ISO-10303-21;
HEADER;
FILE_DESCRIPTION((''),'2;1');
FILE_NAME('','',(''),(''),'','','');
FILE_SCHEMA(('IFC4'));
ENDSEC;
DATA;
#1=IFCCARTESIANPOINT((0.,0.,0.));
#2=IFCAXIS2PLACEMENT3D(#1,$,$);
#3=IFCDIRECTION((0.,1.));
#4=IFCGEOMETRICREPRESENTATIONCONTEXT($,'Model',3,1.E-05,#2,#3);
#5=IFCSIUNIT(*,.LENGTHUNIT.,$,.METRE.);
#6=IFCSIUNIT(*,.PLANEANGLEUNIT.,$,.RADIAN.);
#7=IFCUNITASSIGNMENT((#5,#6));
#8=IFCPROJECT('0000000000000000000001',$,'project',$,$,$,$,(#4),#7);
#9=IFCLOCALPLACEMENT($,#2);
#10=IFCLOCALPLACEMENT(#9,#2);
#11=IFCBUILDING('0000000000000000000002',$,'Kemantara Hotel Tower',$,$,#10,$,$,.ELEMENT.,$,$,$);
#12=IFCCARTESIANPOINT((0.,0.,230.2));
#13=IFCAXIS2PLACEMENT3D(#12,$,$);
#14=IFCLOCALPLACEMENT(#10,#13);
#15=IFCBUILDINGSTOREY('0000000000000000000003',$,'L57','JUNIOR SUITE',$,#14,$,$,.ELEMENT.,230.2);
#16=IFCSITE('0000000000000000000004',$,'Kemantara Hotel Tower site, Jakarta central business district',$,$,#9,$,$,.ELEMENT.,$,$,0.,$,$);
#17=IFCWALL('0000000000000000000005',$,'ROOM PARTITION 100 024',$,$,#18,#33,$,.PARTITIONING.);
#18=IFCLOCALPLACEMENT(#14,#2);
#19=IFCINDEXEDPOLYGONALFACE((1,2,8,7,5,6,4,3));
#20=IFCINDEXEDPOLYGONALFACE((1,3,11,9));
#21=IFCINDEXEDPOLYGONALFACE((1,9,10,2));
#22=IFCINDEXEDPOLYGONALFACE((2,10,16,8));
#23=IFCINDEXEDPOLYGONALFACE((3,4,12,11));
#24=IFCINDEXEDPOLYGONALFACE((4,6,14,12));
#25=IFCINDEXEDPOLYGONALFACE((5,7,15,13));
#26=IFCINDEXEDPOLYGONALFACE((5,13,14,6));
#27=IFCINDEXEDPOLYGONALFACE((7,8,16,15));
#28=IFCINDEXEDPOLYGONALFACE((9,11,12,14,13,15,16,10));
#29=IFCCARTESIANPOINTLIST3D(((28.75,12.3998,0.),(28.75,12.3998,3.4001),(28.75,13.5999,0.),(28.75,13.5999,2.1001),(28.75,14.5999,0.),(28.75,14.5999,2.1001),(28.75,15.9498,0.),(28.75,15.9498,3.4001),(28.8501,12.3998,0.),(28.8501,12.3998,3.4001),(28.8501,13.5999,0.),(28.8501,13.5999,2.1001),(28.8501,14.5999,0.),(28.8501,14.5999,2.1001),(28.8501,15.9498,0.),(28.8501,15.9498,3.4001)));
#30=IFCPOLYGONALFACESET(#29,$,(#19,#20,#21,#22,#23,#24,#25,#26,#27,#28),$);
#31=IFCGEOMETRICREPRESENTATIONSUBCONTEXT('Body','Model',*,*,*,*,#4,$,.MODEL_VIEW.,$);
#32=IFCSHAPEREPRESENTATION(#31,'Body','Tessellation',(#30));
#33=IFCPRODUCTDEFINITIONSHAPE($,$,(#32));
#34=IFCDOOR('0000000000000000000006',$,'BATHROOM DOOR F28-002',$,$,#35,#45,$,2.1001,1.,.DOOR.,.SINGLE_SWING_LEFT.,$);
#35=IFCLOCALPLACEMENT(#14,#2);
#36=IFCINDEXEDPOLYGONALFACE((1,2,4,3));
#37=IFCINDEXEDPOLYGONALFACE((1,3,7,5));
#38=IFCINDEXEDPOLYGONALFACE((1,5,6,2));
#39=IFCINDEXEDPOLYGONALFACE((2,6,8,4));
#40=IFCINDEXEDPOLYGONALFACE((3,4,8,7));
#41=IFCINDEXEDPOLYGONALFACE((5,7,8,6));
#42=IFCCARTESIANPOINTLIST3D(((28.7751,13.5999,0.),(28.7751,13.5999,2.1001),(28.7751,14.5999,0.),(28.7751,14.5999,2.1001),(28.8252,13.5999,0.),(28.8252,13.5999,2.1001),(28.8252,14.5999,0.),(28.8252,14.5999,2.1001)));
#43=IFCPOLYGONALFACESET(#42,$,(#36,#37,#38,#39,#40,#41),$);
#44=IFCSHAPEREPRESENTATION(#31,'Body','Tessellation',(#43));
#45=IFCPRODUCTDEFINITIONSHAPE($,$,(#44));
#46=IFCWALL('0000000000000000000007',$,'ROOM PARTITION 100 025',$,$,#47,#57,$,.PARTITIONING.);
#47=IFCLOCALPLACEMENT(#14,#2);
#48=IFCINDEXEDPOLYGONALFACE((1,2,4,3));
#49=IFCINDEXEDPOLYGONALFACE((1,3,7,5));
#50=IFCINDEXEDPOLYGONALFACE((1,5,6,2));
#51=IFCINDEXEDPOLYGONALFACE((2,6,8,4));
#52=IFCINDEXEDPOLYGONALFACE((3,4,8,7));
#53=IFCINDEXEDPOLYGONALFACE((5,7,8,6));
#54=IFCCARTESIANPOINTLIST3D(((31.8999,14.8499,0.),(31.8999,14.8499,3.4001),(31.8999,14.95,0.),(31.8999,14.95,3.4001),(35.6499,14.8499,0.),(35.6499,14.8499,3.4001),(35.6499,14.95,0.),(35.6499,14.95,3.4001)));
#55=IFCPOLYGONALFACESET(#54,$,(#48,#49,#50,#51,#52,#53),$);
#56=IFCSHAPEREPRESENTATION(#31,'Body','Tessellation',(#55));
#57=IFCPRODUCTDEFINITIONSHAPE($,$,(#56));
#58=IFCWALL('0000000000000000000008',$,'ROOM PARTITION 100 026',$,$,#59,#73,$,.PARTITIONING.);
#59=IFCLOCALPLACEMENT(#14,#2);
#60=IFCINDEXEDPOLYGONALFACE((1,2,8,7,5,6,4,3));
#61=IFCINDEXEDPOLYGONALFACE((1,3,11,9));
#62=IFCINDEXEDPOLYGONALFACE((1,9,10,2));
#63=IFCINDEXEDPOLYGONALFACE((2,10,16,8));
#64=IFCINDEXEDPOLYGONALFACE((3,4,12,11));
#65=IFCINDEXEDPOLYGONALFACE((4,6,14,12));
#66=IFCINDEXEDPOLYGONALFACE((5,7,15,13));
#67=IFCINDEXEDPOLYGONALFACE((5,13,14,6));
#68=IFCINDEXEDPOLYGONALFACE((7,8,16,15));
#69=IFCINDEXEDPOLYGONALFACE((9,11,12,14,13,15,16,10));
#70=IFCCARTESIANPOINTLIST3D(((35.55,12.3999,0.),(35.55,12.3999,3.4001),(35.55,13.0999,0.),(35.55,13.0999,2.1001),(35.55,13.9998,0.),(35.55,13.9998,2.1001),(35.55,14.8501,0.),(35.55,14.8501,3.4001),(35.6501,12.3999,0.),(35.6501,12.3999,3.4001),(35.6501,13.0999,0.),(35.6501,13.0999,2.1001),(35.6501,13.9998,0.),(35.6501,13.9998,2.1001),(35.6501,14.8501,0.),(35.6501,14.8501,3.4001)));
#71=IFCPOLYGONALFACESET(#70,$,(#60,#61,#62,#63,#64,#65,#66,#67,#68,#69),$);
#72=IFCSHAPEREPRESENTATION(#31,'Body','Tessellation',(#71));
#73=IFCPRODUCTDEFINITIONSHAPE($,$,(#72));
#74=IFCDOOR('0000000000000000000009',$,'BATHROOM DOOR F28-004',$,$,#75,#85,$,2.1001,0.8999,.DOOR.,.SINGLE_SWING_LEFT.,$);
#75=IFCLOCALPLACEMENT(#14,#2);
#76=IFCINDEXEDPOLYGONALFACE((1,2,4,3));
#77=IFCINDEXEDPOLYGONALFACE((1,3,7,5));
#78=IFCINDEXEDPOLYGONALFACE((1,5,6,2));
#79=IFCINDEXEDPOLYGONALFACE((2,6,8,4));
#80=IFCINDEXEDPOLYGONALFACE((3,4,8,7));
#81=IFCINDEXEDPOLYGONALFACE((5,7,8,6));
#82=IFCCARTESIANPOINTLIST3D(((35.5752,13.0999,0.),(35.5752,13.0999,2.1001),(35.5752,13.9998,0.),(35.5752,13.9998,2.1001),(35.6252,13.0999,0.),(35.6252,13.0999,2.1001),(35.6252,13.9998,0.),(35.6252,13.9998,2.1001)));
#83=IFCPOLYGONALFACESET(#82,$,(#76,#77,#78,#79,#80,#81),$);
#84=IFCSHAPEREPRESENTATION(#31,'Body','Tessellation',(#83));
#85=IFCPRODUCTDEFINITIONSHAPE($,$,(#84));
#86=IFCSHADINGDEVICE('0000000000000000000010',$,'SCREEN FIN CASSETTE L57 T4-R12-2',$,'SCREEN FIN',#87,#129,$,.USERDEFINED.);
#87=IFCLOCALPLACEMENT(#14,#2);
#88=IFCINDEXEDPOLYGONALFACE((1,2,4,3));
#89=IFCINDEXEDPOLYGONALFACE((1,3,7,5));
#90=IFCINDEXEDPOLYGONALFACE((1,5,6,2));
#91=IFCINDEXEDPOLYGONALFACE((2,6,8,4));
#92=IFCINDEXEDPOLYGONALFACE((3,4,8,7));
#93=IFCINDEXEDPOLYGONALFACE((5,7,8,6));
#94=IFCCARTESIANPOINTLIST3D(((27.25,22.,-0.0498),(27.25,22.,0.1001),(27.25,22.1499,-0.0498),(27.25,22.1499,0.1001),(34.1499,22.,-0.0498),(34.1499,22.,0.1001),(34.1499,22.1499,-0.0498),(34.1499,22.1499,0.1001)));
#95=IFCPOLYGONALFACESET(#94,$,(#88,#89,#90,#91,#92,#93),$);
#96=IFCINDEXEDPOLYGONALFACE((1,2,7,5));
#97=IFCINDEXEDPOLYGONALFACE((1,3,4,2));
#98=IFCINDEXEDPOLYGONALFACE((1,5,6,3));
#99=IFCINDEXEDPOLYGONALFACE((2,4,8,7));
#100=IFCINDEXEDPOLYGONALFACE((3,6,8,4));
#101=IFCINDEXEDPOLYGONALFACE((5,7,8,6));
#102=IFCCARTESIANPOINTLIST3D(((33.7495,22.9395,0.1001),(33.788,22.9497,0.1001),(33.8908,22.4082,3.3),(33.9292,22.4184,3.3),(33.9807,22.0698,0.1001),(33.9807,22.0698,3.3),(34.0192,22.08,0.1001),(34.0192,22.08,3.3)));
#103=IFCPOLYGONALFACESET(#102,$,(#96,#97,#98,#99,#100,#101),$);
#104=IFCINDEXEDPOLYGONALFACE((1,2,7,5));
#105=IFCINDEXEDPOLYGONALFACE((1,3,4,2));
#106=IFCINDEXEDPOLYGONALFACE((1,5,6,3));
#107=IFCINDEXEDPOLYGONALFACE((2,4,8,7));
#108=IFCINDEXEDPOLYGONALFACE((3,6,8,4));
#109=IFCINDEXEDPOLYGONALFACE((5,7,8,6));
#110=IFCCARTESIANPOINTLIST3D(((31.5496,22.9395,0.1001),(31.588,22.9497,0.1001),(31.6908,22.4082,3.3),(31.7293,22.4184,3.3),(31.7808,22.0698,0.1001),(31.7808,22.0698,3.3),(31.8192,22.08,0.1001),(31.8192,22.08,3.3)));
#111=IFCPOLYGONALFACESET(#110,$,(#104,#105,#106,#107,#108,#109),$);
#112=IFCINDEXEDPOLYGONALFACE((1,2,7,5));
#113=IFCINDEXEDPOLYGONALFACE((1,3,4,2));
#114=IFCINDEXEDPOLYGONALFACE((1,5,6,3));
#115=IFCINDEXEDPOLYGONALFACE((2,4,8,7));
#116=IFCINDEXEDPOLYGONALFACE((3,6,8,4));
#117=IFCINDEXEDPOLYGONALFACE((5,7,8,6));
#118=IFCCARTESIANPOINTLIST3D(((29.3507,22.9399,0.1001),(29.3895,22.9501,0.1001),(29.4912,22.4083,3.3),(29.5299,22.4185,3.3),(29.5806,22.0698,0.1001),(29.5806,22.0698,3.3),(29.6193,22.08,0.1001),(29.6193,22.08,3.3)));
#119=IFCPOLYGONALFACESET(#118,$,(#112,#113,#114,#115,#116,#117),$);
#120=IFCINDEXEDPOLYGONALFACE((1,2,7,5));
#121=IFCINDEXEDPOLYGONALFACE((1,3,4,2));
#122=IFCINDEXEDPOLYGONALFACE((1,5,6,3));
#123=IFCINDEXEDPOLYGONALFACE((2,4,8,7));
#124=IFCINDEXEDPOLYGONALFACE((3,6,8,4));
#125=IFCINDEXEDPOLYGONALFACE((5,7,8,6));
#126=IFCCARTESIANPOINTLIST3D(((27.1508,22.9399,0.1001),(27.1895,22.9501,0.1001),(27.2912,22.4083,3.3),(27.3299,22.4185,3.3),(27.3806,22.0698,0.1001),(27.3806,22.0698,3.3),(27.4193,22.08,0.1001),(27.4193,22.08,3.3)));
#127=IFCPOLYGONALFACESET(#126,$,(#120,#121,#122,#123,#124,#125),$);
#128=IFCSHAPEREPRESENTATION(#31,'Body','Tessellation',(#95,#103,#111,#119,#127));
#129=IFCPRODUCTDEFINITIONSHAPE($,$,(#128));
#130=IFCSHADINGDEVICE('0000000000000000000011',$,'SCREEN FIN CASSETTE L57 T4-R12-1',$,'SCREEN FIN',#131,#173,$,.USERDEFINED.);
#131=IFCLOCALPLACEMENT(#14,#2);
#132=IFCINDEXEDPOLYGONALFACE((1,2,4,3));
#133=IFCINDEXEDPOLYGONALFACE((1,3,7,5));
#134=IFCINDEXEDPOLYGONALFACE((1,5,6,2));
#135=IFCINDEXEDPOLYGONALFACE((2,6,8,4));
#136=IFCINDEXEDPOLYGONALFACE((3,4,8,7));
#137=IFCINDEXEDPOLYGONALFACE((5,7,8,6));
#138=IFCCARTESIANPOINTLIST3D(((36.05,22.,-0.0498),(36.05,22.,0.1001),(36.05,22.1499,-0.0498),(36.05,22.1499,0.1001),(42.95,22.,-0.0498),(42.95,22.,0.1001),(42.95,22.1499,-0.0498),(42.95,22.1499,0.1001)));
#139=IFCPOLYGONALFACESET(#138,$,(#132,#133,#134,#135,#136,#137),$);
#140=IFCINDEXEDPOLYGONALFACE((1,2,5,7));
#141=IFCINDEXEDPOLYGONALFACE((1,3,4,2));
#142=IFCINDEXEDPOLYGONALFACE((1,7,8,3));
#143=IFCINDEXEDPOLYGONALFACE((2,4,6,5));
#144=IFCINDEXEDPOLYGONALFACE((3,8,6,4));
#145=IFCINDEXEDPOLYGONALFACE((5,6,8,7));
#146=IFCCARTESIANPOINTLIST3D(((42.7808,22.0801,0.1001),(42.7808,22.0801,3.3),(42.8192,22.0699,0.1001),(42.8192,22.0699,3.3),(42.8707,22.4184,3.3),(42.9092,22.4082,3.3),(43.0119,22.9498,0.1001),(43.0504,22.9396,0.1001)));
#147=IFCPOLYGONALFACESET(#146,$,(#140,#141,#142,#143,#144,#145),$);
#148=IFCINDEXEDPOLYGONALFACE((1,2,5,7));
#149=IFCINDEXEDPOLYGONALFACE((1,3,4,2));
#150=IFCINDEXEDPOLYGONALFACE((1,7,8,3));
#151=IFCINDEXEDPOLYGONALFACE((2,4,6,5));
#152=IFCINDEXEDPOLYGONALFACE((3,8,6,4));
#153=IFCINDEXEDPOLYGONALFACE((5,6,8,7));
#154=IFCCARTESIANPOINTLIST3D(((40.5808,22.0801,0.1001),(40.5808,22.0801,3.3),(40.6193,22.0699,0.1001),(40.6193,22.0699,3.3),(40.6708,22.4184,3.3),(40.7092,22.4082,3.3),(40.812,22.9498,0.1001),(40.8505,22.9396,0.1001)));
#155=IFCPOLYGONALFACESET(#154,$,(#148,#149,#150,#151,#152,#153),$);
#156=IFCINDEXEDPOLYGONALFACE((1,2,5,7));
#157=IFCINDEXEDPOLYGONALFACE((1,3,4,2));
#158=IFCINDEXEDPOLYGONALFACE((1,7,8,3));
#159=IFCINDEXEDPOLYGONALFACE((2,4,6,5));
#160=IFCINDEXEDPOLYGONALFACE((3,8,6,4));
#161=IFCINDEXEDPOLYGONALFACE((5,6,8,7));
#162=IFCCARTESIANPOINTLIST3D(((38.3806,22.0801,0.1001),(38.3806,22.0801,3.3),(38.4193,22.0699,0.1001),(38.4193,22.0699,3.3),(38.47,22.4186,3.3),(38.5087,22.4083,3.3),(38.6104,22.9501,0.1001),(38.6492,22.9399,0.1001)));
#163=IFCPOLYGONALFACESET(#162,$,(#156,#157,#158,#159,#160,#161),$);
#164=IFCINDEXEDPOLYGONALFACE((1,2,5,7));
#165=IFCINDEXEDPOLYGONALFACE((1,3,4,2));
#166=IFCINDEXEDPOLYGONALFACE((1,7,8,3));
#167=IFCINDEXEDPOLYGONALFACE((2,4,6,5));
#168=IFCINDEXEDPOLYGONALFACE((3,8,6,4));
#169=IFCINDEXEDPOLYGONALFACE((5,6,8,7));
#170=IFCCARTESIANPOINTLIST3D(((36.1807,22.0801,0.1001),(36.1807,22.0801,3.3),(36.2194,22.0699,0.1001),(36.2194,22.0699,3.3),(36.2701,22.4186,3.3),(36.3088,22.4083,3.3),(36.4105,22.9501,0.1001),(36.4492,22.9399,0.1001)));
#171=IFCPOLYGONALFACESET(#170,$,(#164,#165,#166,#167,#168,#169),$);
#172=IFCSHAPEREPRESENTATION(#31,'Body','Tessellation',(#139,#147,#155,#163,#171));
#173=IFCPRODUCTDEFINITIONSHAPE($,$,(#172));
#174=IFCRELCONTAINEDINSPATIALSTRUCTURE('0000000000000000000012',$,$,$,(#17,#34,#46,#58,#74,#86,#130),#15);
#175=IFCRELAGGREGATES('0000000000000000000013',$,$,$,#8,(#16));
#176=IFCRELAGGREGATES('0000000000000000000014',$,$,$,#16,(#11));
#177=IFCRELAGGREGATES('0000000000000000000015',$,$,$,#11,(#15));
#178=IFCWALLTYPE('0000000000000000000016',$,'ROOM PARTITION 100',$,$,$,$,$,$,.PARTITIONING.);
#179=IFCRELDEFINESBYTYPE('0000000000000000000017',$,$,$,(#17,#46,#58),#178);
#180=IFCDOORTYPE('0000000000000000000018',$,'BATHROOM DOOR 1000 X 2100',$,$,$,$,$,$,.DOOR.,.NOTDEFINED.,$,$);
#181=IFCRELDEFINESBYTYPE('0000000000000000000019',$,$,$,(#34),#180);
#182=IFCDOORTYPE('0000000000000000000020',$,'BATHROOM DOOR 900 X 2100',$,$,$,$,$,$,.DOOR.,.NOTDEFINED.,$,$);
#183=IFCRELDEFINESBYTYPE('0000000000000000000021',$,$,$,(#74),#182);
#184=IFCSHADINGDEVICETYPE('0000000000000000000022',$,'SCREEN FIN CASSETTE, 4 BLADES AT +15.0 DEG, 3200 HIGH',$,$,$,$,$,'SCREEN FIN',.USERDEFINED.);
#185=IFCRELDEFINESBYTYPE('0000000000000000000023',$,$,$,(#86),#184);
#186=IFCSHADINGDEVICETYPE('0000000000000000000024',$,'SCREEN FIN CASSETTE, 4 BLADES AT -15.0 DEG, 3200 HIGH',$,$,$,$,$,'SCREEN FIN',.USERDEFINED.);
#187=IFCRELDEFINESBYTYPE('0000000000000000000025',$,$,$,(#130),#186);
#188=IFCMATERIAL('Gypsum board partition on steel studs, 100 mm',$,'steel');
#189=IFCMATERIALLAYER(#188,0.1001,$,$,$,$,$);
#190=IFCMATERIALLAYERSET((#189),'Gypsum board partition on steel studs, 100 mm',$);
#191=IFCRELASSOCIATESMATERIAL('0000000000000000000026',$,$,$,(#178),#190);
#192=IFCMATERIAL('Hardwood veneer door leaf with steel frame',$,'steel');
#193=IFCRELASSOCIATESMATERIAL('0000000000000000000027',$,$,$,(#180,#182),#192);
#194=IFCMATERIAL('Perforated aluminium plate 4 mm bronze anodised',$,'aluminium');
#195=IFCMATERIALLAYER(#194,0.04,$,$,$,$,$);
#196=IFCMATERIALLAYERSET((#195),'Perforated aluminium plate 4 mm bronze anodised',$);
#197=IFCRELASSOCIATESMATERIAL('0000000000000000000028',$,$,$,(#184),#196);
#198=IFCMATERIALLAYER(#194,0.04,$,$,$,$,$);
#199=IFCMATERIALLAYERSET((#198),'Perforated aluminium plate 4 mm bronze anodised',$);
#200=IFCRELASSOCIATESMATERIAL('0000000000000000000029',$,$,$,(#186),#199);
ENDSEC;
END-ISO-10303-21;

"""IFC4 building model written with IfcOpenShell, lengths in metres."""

from ifc_helpers import new_model, si_unit, direction, frame, frame_2d, origin, origin_2d, place, context, subcontext, project, spatial, polyline, rectangle, outline, extrude, source, transform, mapped, material, layer, layer_set, type_object, element, fill, save


model = new_model("IFC4")

# Units and contexts
model_context = context("Model", 3, precision=1e-05, world=origin(), true_north=direction((0.0, 1.0)))
body_context = subcontext(model_context, "Body", "Model", "MODEL_VIEW")
ifc_project = project(units=[si_unit("LENGTHUNIT", "METRE"), si_unit("PLANEANGLEUNIT", "RADIAN")], contexts=[model_context])

# Site, building, storey
site_placement = place(None, origin())
site = spatial("IfcSite", under=ifc_project, at=site_placement, Name="Kemantara Hotel Tower site, Jakarta central business district", CompositionType="ELEMENT", RefElevation=0.0)
building_placement = place(site_placement, origin())
building = spatial("IfcBuilding", under=site, at=building_placement, Name="Kemantara Hotel Tower", CompositionType="ELEMENT")
storey_placement = place(building_placement, frame((0.0, 0.0, 230.2)))
storey = spatial("IfcBuildingStorey", under=building, at=storey_placement, Name="L57", Description="JUNIOR SUITE", CompositionType="ELEMENT", Elevation=230.2)

# Wall, opening, door
ifc_material_1 = material(Name="Gypsum board partition on steel studs, 100 mm", Category="steel")
ifc_layer_1 = layer(ifc_material_1, 0.1001)
ifc_layer_set_1 = layer_set([ifc_layer_1], Name="Gypsum board partition on steel studs, 100 mm")
wall_type_1 = type_object("IfcWallType", Name="ROOM PARTITION 100", PredefinedType="PARTITIONING", material=ifc_layer_set_1)
wall_1_placement = place(storey_placement, frame((28.8, 12.3999, 0.0), z_axis=(0.0, 0.0, 1.0), x_axis=(0.0, 1.0, 0.0)))
wall_1 = element("IfcWall", 1, at=wall_1_placement, inside=storey, type_object=wall_type_1, Name="ROOM PARTITION 100 024", PredefinedType="PARTITIONING", context=body_context, shape_type="SweptSolid", body=[
    extrude(rectangle(XDim=3.55, YDim=0.1001, at=frame_2d((1.7749, 0.0))), origin(), (0.0, 0.0, 1.0), 3.4001),
])
opening_1_placement = place(wall_1_placement, frame((1.2, 0.0, 0.0)))
opening_1 = element("IfcOpeningElement", 2, at=opening_1_placement, cuts=wall_1, PredefinedType="OPENING", context=body_context, shape_type="SweptSolid", body=[
    extrude(rectangle(XDim=1.0, YDim=2.1001, at=frame_2d((0.5, 1.05))), frame((0.0, 0.0601, 0.0), z_axis=(0.0, -1.0, 0.0), x_axis=(1.0, 0.0, 0.0)), (0.0, 0.0, 1.0), 0.1201),
])
ifc_material_2 = material(Name="Hardwood veneer door leaf with steel frame", Category="steel")
door_type_1 = type_object("IfcDoorType", Name="BATHROOM DOOR 1000 X 2100", OperationType="NOTDEFINED", PredefinedType="DOOR", material=ifc_material_2)
door_1_placement = place(opening_1_placement, origin())
door_1 = element("IfcDoor", 3, at=door_1_placement, inside=storey, type_object=door_type_1, Name="BATHROOM DOOR F28-002", OperationType="SINGLE_SWING_LEFT", OverallHeight=2.1001, OverallWidth=1.0, PredefinedType="DOOR", context=body_context, shape_type="SweptSolid", body=[
    extrude(rectangle(XDim=1.0, YDim=2.1001, at=frame_2d((0.5, 1.05))), frame((0.0, 0.0249, 0.0), z_axis=(0.0, -1.0, 0.0), x_axis=(1.0, 0.0, 0.0)), (0.0, 0.0, 1.0), 0.05),
])
fill(opening_1, door_1)

# Wall
wall_2_placement = place(storey_placement, frame((31.8999, 14.8999, 0.0), z_axis=(0.0, 0.0, 1.0), x_axis=(1.0, 0.0, 0.0)))
element("IfcWall", 4, at=wall_2_placement, inside=storey, type_object=wall_type_1, Name="ROOM PARTITION 100 025", PredefinedType="PARTITIONING", context=body_context, shape_type="SweptSolid", body=[
    extrude(rectangle(XDim=3.75, YDim=0.1001, at=frame_2d((1.875, 0.0))), origin(), (0.0, 0.0, 1.0), 3.4001),
])

# Wall, opening, door
wall_3_placement = place(storey_placement, frame((35.6001, 12.3999, 0.0), z_axis=(0.0, 0.0, 1.0), x_axis=(0.0, 1.0, 0.0)))
wall_3 = element("IfcWall", 5, at=wall_3_placement, inside=storey, type_object=wall_type_1, Name="ROOM PARTITION 100 026", PredefinedType="PARTITIONING", context=body_context, shape_type="SweptSolid", body=[
    extrude(rectangle(XDim=2.4502, YDim=0.1001, at=frame_2d((1.2251, 0.0))), origin(), (0.0, 0.0, 1.0), 3.4001),
])
opening_2_placement = place(wall_3_placement, frame((0.7, 0.0, 0.0)))
opening_2 = element("IfcOpeningElement", 6, at=opening_2_placement, cuts=wall_3, PredefinedType="OPENING", context=body_context, shape_type="SweptSolid", body=[
    extrude(rectangle(XDim=0.8999, YDim=2.1001, at=frame_2d((0.45, 1.05))), frame((0.0, 0.0601, 0.0), z_axis=(0.0, -1.0, 0.0), x_axis=(1.0, 0.0, 0.0)), (0.0, 0.0, 1.0), 0.1201),
])
door_type_2 = type_object("IfcDoorType", Name="BATHROOM DOOR 900 X 2100", OperationType="NOTDEFINED", PredefinedType="DOOR", material=ifc_material_2)
door_2_placement = place(opening_2_placement, origin())
door_2 = element("IfcDoor", 7, at=door_2_placement, inside=storey, type_object=door_type_2, Name="BATHROOM DOOR F28-004", OperationType="SINGLE_SWING_LEFT", OverallHeight=2.1001, OverallWidth=0.8999, PredefinedType="DOOR", context=body_context, shape_type="SweptSolid", body=[
    extrude(rectangle(XDim=0.8999, YDim=2.1001, at=frame_2d((0.45, 1.05))), frame((0.0, 0.0249, 0.0), z_axis=(0.0, -1.0, 0.0), x_axis=(1.0, 0.0, 0.0)), (0.0, 0.0, 1.0), 0.05),
])
fill(opening_2, door_2)

# Shading devices
ifc_material_3 = material(Name="Perforated aluminium plate 4 mm bronze anodised", Category="aluminium")
ifc_layer_2 = layer(ifc_material_3, 0.04)
ifc_layer_set_2 = layer_set([ifc_layer_2], Name="Perforated aluminium plate 4 mm bronze anodised")
shading_device_type_1 = type_object("IfcShadingDeviceType", Name="SCREEN FIN CASSETTE, 4 BLADES AT +15.0 DEG, 3200 HIGH", ElementType="SCREEN FIN", PredefinedType="USERDEFINED", material=ifc_layer_set_2)
shared_shape_1 = source(origin(), body_context, "Body", "SweptSolid", [
    extrude(rectangle(XDim=6.8999, YDim=0.1499, at=origin_2d()), frame((3.3, -0.075, -0.1499), z_axis=(0.0, 0.0, 1.0), x_axis=(1.0, 0.0, 0.0)), (0.0, 0.0, 1.0), 0.1499),
    extrude(outline(polyline([(0.0, 0.0), (0.8999, 0.0), (0.3501, 3.2), (0.0, 3.2), (0.0, 0.0)])), frame((0.0193, -0.0698, 0.0), z_axis=(-0.966438, -0.256901, 0.0), x_axis=(0.256901, -0.966438, 0.0)), (0.0, 0.0, 1.0), 0.0398),
    extrude(outline(polyline([(0.0, 0.0), (0.8999, 0.0), (0.3501, 3.2), (0.0, 3.2), (0.0, 0.0)])), frame((2.2192, -0.0698, 0.0), z_axis=(-0.966438, -0.256901, 0.0), x_axis=(0.256901, -0.966438, 0.0)), (0.0, 0.0, 1.0), 0.0398),
    extrude(outline(polyline([(0.0, 0.0), (0.8999, 0.0), (0.3501, 3.2), (0.0, 3.2), (0.0, 0.0)])), frame((4.4194, -0.0698, 0.0), z_axis=(-0.966838, -0.255391, 0.0), x_axis=(0.255391, -0.966838, 0.0)), (0.0, 0.0, 1.0), 0.04),
    extrude(outline(polyline([(0.0, 0.0), (0.8999, 0.0), (0.3501, 3.2), (0.0, 3.2), (0.0, 0.0)])), frame((6.6194, -0.0698, 0.0), z_axis=(-0.966838, -0.255391, 0.0), x_axis=(0.255391, -0.966838, 0.0)), (0.0, 0.0, 1.0), 0.04),
])
shading_device_1_placement = place(storey_placement, frame((34.0, 22.0, 0.1001), z_axis=(0.0, 0.0, 1.0), x_axis=(-1.0, 0.0, 0.0)))
element("IfcShadingDevice", 8, at=shading_device_1_placement, inside=storey, type_object=shading_device_type_1, Name="SCREEN FIN CASSETTE L57 T4-R12-2", ObjectType="SCREEN FIN", PredefinedType="USERDEFINED", context=body_context, shape_type="MappedRepresentation", body=[
    mapped(shared_shape_1, transform((0.0, 0.0, 0.0))),
])
ifc_layer_3 = layer(ifc_material_3, 0.04)
ifc_layer_set_3 = layer_set([ifc_layer_3], Name="Perforated aluminium plate 4 mm bronze anodised")
shading_device_type_2 = type_object("IfcShadingDeviceType", Name="SCREEN FIN CASSETTE, 4 BLADES AT -15.0 DEG, 3200 HIGH", ElementType="SCREEN FIN", PredefinedType="USERDEFINED", material=ifc_layer_set_3)
shared_shape_2 = source(origin(), body_context, "Body", "SweptSolid", [
    extrude(rectangle(XDim=6.8999, YDim=0.1499, at=origin_2d()), frame((3.3, -0.075, -0.1499), z_axis=(0.0, 0.0, 1.0), x_axis=(1.0, 0.0, 0.0)), (0.0, 0.0, 1.0), 0.1499),
    extrude(outline(polyline([(0.0, 0.0), (0.8999, 0.0), (0.3501, 3.2), (0.0, 3.2), (0.0, 0.0)])), frame((0.0193, -0.0801, 0.0), z_axis=(-0.966438, 0.256901, 0.0), x_axis=(-0.256901, -0.966438, 0.0)), (0.0, 0.0, 1.0), 0.0398),
    extrude(outline(polyline([(0.0, 0.0), (0.8999, 0.0), (0.3501, 3.2), (0.0, 3.2), (0.0, 0.0)])), frame((2.2192, -0.0801, 0.0), z_axis=(-0.966438, 0.256901, 0.0), x_axis=(-0.256901, -0.966438, 0.0)), (0.0, 0.0, 1.0), 0.0398),
    extrude(outline(polyline([(0.0, 0.0), (0.8999, 0.0), (0.3501, 3.2), (0.0, 3.2), (0.0, 0.0)])), frame((4.4194, -0.0801, 0.0), z_axis=(-0.966838, 0.255391, 0.0), x_axis=(-0.255391, -0.966838, 0.0)), (0.0, 0.0, 1.0), 0.04),
    extrude(outline(polyline([(0.0, 0.0), (0.8999, 0.0), (0.3501, 3.2), (0.0, 3.2), (0.0, 0.0)])), frame((6.6194, -0.0801, 0.0), z_axis=(-0.966838, 0.255391, 0.0), x_axis=(-0.255391, -0.966838, 0.0)), (0.0, 0.0, 1.0), 0.04),
])
shading_device_2_placement = place(storey_placement, frame((42.8, 22.0, 0.1001), z_axis=(0.0, 0.0, 1.0), x_axis=(-1.0, 0.0, 0.0)))
element("IfcShadingDevice", 9, at=shading_device_2_placement, inside=storey, type_object=shading_device_type_2, Name="SCREEN FIN CASSETTE L57 T4-R12-1", ObjectType="SCREEN FIN", PredefinedType="USERDEFINED", context=body_context, shape_type="MappedRepresentation", body=[
    mapped(shared_shape_2, transform((0.0, 0.0, 0.0))),
])

save(model, "model.ifc")
